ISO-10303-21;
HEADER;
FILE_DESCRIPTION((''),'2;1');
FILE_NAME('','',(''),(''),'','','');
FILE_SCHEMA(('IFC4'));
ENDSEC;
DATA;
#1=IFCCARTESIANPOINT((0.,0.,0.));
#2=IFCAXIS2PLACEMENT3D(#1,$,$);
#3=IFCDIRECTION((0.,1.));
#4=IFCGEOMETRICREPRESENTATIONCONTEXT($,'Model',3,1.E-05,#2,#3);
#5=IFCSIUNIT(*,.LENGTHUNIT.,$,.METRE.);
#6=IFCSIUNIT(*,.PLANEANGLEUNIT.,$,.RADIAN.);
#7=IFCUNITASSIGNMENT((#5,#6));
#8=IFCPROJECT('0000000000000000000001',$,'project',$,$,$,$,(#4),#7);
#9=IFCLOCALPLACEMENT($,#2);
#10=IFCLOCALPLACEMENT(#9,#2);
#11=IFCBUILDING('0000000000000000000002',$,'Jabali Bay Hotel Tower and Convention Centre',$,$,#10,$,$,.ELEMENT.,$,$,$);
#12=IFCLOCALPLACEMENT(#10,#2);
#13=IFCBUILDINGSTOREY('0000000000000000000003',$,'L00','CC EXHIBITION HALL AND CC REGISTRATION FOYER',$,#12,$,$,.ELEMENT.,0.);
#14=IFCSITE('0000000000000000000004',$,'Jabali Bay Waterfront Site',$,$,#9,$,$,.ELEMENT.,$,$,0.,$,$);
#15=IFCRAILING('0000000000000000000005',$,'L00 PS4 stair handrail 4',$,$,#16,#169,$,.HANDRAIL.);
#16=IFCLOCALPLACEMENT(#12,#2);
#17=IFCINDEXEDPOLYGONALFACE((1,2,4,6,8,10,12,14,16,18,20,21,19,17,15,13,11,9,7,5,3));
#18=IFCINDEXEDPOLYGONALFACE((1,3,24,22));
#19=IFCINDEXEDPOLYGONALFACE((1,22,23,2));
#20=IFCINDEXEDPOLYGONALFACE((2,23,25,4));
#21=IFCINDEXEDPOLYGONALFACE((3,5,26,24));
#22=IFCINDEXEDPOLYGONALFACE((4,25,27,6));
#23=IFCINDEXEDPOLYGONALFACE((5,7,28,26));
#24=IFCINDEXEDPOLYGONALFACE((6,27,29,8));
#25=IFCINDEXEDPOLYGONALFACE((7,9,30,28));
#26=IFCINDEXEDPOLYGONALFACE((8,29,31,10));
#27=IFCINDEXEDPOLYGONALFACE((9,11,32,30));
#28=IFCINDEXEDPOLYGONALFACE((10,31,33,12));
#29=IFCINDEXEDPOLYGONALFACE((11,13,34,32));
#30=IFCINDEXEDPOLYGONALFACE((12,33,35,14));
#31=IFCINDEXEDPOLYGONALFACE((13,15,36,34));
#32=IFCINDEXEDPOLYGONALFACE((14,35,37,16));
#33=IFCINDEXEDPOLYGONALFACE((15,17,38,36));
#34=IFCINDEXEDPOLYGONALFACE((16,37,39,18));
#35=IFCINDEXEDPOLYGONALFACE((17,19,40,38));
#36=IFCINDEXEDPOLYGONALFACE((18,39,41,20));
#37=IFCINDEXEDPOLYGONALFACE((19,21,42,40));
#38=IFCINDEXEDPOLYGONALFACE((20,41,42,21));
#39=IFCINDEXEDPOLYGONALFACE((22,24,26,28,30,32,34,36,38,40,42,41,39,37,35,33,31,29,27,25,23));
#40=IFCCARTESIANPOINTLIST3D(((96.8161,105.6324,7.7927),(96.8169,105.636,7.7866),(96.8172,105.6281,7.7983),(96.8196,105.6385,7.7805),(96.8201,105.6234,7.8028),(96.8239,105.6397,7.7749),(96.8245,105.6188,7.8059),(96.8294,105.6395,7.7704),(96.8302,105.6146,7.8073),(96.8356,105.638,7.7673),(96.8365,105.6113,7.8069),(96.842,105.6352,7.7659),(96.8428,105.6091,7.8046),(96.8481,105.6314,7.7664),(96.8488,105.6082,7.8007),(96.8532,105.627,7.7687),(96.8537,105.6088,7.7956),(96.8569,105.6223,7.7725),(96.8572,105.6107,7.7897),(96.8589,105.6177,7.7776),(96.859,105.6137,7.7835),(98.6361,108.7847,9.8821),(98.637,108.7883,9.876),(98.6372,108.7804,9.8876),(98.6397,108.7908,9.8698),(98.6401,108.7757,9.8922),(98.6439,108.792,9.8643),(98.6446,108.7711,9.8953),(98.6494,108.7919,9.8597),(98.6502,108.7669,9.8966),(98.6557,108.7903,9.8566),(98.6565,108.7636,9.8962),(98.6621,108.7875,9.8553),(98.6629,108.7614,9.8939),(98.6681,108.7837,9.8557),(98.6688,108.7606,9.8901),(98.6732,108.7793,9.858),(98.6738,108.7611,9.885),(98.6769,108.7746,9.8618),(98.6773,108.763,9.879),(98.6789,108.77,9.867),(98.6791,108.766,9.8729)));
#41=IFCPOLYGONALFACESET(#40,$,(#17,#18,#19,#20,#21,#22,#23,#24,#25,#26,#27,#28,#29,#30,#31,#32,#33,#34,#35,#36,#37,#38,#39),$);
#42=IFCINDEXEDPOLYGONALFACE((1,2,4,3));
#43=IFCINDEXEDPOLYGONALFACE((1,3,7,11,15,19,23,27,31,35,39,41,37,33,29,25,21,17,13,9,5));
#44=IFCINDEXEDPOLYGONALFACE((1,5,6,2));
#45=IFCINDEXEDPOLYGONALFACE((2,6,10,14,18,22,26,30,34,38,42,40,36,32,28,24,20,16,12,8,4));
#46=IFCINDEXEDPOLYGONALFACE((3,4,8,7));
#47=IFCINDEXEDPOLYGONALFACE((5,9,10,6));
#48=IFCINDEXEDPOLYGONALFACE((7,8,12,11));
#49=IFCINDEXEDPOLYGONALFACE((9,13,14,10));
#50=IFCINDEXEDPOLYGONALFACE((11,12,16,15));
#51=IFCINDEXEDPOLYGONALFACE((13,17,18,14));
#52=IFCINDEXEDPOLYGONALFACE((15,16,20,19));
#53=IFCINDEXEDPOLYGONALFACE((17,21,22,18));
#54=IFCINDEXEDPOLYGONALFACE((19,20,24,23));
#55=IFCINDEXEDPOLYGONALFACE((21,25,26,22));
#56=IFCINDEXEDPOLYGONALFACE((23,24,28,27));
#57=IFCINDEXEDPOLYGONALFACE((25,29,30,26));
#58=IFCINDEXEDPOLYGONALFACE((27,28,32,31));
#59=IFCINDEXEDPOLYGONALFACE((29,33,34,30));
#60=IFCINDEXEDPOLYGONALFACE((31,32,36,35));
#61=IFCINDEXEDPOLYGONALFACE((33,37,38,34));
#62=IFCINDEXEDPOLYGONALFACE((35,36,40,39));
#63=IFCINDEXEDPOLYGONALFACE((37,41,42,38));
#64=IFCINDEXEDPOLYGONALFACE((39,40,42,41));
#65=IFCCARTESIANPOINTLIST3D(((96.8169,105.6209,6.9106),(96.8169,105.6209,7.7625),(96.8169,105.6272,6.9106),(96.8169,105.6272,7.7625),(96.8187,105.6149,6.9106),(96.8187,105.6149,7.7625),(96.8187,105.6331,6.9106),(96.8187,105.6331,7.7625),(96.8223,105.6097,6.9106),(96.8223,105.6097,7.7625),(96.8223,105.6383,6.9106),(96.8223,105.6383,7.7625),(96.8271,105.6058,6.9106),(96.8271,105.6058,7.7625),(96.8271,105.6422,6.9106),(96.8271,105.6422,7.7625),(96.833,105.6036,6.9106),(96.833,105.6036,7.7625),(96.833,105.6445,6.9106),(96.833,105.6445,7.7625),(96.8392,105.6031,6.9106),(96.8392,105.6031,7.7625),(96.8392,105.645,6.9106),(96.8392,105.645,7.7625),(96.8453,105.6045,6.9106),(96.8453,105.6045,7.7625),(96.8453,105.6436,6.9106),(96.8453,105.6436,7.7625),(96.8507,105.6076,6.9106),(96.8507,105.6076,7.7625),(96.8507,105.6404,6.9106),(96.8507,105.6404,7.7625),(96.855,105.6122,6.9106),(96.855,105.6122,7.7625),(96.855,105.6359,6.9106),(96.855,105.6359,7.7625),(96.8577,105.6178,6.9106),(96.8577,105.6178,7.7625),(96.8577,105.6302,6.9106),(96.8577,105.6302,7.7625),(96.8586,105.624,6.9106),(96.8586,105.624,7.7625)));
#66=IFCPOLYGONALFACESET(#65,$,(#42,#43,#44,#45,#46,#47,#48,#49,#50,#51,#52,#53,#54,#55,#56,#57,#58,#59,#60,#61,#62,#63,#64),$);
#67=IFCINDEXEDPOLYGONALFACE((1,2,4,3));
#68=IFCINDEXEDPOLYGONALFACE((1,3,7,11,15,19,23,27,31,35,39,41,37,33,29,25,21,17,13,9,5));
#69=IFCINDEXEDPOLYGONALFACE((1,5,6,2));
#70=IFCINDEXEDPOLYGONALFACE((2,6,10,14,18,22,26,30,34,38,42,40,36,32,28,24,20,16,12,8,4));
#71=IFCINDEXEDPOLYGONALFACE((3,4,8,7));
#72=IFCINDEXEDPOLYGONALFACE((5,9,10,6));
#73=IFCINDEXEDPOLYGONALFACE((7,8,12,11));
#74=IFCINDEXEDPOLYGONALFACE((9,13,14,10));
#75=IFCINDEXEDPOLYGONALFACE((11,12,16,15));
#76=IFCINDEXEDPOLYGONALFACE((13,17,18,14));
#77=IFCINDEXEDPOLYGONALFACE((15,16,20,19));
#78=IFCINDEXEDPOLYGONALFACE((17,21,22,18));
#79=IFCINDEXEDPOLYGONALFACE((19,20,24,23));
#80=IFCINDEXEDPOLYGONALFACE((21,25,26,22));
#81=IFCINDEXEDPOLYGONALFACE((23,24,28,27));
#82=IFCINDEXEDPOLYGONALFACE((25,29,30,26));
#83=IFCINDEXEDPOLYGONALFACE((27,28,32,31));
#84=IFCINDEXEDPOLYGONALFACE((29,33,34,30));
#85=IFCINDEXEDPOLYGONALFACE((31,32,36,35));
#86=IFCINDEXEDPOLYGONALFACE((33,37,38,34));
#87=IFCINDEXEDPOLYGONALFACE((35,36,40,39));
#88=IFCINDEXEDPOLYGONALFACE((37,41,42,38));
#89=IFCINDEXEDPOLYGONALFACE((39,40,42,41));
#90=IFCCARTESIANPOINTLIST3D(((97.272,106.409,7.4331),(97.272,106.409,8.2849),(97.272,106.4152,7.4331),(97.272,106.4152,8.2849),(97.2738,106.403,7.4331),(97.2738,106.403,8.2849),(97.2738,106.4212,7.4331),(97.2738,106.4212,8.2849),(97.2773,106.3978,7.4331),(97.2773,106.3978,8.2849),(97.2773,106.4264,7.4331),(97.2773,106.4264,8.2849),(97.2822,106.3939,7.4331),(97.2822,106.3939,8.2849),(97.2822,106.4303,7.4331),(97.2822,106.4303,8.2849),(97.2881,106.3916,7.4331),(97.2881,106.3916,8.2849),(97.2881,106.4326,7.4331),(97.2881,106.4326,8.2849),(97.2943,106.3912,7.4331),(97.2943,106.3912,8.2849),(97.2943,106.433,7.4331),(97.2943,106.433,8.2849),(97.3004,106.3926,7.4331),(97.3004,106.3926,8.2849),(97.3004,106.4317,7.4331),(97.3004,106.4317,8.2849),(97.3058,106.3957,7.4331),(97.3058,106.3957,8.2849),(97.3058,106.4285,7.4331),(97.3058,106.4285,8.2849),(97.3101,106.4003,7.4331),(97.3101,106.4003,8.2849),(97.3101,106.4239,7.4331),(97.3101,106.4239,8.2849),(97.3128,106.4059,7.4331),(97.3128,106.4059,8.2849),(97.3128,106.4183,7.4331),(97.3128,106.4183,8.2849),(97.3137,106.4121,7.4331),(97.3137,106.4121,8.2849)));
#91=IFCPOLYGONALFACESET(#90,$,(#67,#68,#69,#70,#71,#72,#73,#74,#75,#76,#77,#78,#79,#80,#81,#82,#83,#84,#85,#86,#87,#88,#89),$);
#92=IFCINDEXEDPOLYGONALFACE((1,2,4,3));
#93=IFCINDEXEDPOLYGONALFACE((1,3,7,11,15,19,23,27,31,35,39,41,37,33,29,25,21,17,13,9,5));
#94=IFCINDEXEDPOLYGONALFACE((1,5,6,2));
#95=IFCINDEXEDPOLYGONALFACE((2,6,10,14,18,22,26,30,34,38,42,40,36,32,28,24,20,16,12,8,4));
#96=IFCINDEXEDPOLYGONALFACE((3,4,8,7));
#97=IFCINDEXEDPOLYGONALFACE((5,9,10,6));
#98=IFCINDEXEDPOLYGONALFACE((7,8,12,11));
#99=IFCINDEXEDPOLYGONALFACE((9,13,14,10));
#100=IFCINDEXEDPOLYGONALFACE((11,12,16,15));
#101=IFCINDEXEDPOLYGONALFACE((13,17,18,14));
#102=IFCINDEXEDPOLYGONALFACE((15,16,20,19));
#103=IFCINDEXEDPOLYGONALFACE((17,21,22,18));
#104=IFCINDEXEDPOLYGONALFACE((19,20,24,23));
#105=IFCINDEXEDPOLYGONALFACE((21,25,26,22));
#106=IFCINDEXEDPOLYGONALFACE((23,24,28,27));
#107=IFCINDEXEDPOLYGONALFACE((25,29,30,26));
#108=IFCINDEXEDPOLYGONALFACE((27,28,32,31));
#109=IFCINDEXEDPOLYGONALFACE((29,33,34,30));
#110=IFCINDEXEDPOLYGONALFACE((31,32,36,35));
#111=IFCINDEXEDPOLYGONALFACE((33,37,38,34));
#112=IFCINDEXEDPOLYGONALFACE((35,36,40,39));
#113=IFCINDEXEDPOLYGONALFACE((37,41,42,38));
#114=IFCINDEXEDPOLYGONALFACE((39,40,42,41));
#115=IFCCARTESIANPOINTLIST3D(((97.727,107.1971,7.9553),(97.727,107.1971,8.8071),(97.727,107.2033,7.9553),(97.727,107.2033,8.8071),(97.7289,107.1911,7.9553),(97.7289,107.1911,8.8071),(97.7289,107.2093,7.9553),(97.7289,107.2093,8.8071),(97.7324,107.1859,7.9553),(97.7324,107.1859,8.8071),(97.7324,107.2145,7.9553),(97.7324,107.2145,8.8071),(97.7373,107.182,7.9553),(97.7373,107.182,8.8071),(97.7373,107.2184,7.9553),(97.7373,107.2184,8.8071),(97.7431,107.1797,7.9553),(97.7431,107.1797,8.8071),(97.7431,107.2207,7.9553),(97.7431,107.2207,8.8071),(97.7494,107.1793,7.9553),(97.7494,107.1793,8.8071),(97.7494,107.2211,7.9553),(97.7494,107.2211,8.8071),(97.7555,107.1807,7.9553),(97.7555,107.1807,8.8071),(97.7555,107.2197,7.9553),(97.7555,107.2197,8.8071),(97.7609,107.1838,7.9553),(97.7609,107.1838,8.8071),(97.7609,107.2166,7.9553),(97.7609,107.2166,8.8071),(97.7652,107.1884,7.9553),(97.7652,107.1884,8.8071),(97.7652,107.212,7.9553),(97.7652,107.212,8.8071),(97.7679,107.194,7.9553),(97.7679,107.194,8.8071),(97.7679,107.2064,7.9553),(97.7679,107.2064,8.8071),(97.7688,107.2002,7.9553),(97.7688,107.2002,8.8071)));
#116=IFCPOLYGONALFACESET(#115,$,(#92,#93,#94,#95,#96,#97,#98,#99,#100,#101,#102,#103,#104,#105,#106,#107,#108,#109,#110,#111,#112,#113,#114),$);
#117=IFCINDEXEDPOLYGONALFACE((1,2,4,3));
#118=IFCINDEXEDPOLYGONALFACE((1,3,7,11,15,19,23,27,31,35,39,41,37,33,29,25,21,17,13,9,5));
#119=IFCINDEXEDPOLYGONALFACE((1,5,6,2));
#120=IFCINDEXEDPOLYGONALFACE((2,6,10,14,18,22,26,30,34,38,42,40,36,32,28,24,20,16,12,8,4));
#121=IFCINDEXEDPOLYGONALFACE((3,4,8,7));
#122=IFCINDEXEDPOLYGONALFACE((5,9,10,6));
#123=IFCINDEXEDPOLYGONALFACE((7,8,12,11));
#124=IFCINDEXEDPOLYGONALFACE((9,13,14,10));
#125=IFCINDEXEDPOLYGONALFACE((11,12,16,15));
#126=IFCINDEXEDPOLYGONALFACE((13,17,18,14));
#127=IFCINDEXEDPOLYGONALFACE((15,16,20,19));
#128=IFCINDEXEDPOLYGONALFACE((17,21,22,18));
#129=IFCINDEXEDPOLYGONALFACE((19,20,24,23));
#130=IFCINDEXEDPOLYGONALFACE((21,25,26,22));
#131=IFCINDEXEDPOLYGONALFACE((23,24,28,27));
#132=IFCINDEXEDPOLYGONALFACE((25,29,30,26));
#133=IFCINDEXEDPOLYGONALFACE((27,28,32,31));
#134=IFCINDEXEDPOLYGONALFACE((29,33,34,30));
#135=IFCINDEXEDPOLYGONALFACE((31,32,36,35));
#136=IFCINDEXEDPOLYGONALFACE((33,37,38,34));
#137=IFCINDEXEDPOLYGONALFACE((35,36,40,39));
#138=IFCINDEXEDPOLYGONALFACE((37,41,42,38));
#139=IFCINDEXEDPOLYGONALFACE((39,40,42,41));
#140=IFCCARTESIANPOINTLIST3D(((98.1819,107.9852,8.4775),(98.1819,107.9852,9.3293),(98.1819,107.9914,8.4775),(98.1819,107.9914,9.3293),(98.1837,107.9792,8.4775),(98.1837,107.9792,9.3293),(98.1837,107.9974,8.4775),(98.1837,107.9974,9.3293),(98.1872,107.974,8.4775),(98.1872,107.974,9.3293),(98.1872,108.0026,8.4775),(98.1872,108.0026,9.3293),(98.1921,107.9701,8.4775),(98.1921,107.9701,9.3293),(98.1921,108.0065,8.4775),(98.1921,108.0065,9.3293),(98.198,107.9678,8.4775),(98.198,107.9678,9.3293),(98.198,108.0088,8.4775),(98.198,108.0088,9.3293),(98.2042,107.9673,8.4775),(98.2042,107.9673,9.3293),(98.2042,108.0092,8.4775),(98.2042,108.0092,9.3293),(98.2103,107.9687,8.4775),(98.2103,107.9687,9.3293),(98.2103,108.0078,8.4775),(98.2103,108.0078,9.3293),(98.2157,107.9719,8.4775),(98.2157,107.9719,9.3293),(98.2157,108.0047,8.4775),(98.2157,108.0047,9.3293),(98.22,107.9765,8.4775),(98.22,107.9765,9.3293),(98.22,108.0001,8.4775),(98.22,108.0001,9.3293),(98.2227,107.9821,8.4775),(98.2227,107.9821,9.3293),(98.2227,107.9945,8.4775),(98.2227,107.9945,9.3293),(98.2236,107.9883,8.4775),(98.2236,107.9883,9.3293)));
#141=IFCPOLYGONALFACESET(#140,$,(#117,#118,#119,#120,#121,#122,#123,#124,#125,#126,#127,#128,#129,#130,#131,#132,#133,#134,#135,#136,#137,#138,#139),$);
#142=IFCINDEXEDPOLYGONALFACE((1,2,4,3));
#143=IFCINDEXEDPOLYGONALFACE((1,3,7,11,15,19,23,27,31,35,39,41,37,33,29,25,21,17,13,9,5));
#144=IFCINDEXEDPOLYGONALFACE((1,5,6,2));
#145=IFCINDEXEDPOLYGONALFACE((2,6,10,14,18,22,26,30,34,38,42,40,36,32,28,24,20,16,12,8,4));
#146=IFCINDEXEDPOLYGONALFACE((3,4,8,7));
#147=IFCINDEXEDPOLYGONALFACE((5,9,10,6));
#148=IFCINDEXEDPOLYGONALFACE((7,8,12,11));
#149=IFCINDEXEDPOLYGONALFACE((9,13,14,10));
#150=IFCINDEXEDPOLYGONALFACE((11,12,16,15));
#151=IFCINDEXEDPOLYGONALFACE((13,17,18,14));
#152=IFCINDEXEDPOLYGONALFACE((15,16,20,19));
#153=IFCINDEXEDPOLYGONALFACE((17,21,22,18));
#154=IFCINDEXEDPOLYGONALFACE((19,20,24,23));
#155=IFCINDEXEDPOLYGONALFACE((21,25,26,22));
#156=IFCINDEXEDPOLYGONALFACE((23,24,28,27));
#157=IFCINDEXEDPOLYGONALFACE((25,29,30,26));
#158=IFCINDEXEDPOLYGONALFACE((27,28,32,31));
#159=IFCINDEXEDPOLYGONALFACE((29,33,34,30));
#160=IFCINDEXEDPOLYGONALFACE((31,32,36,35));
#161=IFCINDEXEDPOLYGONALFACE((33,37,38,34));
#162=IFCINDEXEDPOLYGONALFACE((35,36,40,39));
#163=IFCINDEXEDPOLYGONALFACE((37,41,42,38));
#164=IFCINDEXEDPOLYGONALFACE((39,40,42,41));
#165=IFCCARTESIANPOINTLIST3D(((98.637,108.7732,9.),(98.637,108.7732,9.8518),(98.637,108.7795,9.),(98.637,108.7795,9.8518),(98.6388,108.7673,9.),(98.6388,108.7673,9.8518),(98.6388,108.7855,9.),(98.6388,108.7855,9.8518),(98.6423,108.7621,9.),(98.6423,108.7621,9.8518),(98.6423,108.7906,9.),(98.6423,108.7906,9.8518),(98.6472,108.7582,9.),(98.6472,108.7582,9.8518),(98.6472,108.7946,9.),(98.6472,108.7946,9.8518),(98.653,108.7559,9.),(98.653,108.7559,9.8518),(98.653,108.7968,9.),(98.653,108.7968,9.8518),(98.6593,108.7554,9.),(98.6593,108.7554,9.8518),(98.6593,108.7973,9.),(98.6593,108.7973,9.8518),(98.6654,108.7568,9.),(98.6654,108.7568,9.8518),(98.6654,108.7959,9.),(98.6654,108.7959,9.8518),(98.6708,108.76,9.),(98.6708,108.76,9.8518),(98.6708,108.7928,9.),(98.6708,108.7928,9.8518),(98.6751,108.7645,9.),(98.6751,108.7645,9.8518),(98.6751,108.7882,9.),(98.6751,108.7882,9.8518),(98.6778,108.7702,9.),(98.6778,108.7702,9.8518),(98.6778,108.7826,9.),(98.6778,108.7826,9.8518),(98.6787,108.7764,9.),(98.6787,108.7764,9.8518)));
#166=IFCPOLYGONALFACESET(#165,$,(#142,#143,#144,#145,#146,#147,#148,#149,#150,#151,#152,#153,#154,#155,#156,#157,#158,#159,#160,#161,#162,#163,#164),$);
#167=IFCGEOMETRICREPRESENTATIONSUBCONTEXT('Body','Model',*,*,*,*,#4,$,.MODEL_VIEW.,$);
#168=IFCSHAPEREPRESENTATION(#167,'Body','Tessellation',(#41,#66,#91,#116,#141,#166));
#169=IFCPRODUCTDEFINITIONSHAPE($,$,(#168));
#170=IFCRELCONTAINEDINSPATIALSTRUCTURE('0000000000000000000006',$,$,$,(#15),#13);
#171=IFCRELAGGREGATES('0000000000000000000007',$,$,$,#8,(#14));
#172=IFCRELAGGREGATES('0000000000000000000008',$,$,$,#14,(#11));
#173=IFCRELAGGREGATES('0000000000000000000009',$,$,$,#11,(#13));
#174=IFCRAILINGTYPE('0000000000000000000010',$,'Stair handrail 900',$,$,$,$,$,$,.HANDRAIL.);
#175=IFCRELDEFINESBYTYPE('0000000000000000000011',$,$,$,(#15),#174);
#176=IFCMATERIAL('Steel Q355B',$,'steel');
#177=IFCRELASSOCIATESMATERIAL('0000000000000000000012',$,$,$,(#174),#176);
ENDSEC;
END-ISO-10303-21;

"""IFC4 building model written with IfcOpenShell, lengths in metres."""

from ifc_helpers import new_model, si_unit, direction, frame, origin, origin_2d, place, context, subcontext, project, spatial, circle, extrude, material, type_object, element, save


model = new_model("IFC4")

# Units and contexts
model_context = context("Model", 3, precision=1e-05, world=origin(), true_north=direction((0.0, 1.0)))
body_context = subcontext(model_context, "Body", "Model", "MODEL_VIEW")
ifc_project = project(units=[si_unit("LENGTHUNIT", "METRE"), si_unit("PLANEANGLEUNIT", "RADIAN")], contexts=[model_context])

# Site, building, storey
site_placement = place(None, origin())
site = spatial("IfcSite", under=ifc_project, at=site_placement, Name="Jabali Bay Waterfront Site", CompositionType="ELEMENT", RefElevation=0.0)
building_placement = place(site_placement, origin())
building = spatial("IfcBuilding", under=site, at=building_placement, Name="Jabali Bay Hotel Tower and Convention Centre", CompositionType="ELEMENT")
storey_placement = place(building_placement, origin())
storey = spatial("IfcBuildingStorey", under=building, at=storey_placement, Name="L00", Description="CC EXHIBITION HALL AND CC REGISTRATION FOYER", CompositionType="ELEMENT", Elevation=0.0)

# Railing
ifc_material_1 = material(Name="Steel Q355B", Category="steel")
railing_type_1 = type_object("IfcRailingType", Name="Stair handrail 900", PredefinedType="HANDRAIL", material=ifc_material_1)
railing_1_placement = place(storey_placement, frame((96.8376, 105.624, 6.9106)))
element("IfcRailing", 1, at=railing_1_placement, inside=storey, type_object=railing_type_1, Name="L00 PS4 stair handrail 4", PredefinedType="HANDRAIL", context=body_context, shape_type="SweptSolid", body=[
    extrude(circle(Radius=0.0239, at=origin_2d()), frame((0.0, 0.0, 0.876), z_axis=(0.433653, 0.751084, 0.497814), x_axis=(-0.866018, 0.500013, 0.0)), (0.0, 0.0, 1.0), 4.197),
    extrude(circle(Radius=0.021, at=origin_2d()), origin(), (0.0, 0.0, 1.0), 0.8518),
    extrude(circle(Radius=0.021, at=origin_2d()), frame((0.4551, 0.7881, 0.5225)), (0.0, 0.0, 1.0), 0.8518),
    extrude(circle(Radius=0.021, at=origin_2d()), frame((0.9102, 1.5762, 1.0447)), (0.0, 0.0, 1.0), 0.8518),
    extrude(circle(Radius=0.021, at=origin_2d()), frame((1.365, 2.3643, 1.5669)), (0.0, 0.0, 1.0), 0.8518),
    extrude(circle(Radius=0.021, at=origin_2d()), frame((1.8201, 3.1523, 2.0894)), (0.0, 0.0, 1.0), 0.8518),
])

save(model, "model.ifc")
